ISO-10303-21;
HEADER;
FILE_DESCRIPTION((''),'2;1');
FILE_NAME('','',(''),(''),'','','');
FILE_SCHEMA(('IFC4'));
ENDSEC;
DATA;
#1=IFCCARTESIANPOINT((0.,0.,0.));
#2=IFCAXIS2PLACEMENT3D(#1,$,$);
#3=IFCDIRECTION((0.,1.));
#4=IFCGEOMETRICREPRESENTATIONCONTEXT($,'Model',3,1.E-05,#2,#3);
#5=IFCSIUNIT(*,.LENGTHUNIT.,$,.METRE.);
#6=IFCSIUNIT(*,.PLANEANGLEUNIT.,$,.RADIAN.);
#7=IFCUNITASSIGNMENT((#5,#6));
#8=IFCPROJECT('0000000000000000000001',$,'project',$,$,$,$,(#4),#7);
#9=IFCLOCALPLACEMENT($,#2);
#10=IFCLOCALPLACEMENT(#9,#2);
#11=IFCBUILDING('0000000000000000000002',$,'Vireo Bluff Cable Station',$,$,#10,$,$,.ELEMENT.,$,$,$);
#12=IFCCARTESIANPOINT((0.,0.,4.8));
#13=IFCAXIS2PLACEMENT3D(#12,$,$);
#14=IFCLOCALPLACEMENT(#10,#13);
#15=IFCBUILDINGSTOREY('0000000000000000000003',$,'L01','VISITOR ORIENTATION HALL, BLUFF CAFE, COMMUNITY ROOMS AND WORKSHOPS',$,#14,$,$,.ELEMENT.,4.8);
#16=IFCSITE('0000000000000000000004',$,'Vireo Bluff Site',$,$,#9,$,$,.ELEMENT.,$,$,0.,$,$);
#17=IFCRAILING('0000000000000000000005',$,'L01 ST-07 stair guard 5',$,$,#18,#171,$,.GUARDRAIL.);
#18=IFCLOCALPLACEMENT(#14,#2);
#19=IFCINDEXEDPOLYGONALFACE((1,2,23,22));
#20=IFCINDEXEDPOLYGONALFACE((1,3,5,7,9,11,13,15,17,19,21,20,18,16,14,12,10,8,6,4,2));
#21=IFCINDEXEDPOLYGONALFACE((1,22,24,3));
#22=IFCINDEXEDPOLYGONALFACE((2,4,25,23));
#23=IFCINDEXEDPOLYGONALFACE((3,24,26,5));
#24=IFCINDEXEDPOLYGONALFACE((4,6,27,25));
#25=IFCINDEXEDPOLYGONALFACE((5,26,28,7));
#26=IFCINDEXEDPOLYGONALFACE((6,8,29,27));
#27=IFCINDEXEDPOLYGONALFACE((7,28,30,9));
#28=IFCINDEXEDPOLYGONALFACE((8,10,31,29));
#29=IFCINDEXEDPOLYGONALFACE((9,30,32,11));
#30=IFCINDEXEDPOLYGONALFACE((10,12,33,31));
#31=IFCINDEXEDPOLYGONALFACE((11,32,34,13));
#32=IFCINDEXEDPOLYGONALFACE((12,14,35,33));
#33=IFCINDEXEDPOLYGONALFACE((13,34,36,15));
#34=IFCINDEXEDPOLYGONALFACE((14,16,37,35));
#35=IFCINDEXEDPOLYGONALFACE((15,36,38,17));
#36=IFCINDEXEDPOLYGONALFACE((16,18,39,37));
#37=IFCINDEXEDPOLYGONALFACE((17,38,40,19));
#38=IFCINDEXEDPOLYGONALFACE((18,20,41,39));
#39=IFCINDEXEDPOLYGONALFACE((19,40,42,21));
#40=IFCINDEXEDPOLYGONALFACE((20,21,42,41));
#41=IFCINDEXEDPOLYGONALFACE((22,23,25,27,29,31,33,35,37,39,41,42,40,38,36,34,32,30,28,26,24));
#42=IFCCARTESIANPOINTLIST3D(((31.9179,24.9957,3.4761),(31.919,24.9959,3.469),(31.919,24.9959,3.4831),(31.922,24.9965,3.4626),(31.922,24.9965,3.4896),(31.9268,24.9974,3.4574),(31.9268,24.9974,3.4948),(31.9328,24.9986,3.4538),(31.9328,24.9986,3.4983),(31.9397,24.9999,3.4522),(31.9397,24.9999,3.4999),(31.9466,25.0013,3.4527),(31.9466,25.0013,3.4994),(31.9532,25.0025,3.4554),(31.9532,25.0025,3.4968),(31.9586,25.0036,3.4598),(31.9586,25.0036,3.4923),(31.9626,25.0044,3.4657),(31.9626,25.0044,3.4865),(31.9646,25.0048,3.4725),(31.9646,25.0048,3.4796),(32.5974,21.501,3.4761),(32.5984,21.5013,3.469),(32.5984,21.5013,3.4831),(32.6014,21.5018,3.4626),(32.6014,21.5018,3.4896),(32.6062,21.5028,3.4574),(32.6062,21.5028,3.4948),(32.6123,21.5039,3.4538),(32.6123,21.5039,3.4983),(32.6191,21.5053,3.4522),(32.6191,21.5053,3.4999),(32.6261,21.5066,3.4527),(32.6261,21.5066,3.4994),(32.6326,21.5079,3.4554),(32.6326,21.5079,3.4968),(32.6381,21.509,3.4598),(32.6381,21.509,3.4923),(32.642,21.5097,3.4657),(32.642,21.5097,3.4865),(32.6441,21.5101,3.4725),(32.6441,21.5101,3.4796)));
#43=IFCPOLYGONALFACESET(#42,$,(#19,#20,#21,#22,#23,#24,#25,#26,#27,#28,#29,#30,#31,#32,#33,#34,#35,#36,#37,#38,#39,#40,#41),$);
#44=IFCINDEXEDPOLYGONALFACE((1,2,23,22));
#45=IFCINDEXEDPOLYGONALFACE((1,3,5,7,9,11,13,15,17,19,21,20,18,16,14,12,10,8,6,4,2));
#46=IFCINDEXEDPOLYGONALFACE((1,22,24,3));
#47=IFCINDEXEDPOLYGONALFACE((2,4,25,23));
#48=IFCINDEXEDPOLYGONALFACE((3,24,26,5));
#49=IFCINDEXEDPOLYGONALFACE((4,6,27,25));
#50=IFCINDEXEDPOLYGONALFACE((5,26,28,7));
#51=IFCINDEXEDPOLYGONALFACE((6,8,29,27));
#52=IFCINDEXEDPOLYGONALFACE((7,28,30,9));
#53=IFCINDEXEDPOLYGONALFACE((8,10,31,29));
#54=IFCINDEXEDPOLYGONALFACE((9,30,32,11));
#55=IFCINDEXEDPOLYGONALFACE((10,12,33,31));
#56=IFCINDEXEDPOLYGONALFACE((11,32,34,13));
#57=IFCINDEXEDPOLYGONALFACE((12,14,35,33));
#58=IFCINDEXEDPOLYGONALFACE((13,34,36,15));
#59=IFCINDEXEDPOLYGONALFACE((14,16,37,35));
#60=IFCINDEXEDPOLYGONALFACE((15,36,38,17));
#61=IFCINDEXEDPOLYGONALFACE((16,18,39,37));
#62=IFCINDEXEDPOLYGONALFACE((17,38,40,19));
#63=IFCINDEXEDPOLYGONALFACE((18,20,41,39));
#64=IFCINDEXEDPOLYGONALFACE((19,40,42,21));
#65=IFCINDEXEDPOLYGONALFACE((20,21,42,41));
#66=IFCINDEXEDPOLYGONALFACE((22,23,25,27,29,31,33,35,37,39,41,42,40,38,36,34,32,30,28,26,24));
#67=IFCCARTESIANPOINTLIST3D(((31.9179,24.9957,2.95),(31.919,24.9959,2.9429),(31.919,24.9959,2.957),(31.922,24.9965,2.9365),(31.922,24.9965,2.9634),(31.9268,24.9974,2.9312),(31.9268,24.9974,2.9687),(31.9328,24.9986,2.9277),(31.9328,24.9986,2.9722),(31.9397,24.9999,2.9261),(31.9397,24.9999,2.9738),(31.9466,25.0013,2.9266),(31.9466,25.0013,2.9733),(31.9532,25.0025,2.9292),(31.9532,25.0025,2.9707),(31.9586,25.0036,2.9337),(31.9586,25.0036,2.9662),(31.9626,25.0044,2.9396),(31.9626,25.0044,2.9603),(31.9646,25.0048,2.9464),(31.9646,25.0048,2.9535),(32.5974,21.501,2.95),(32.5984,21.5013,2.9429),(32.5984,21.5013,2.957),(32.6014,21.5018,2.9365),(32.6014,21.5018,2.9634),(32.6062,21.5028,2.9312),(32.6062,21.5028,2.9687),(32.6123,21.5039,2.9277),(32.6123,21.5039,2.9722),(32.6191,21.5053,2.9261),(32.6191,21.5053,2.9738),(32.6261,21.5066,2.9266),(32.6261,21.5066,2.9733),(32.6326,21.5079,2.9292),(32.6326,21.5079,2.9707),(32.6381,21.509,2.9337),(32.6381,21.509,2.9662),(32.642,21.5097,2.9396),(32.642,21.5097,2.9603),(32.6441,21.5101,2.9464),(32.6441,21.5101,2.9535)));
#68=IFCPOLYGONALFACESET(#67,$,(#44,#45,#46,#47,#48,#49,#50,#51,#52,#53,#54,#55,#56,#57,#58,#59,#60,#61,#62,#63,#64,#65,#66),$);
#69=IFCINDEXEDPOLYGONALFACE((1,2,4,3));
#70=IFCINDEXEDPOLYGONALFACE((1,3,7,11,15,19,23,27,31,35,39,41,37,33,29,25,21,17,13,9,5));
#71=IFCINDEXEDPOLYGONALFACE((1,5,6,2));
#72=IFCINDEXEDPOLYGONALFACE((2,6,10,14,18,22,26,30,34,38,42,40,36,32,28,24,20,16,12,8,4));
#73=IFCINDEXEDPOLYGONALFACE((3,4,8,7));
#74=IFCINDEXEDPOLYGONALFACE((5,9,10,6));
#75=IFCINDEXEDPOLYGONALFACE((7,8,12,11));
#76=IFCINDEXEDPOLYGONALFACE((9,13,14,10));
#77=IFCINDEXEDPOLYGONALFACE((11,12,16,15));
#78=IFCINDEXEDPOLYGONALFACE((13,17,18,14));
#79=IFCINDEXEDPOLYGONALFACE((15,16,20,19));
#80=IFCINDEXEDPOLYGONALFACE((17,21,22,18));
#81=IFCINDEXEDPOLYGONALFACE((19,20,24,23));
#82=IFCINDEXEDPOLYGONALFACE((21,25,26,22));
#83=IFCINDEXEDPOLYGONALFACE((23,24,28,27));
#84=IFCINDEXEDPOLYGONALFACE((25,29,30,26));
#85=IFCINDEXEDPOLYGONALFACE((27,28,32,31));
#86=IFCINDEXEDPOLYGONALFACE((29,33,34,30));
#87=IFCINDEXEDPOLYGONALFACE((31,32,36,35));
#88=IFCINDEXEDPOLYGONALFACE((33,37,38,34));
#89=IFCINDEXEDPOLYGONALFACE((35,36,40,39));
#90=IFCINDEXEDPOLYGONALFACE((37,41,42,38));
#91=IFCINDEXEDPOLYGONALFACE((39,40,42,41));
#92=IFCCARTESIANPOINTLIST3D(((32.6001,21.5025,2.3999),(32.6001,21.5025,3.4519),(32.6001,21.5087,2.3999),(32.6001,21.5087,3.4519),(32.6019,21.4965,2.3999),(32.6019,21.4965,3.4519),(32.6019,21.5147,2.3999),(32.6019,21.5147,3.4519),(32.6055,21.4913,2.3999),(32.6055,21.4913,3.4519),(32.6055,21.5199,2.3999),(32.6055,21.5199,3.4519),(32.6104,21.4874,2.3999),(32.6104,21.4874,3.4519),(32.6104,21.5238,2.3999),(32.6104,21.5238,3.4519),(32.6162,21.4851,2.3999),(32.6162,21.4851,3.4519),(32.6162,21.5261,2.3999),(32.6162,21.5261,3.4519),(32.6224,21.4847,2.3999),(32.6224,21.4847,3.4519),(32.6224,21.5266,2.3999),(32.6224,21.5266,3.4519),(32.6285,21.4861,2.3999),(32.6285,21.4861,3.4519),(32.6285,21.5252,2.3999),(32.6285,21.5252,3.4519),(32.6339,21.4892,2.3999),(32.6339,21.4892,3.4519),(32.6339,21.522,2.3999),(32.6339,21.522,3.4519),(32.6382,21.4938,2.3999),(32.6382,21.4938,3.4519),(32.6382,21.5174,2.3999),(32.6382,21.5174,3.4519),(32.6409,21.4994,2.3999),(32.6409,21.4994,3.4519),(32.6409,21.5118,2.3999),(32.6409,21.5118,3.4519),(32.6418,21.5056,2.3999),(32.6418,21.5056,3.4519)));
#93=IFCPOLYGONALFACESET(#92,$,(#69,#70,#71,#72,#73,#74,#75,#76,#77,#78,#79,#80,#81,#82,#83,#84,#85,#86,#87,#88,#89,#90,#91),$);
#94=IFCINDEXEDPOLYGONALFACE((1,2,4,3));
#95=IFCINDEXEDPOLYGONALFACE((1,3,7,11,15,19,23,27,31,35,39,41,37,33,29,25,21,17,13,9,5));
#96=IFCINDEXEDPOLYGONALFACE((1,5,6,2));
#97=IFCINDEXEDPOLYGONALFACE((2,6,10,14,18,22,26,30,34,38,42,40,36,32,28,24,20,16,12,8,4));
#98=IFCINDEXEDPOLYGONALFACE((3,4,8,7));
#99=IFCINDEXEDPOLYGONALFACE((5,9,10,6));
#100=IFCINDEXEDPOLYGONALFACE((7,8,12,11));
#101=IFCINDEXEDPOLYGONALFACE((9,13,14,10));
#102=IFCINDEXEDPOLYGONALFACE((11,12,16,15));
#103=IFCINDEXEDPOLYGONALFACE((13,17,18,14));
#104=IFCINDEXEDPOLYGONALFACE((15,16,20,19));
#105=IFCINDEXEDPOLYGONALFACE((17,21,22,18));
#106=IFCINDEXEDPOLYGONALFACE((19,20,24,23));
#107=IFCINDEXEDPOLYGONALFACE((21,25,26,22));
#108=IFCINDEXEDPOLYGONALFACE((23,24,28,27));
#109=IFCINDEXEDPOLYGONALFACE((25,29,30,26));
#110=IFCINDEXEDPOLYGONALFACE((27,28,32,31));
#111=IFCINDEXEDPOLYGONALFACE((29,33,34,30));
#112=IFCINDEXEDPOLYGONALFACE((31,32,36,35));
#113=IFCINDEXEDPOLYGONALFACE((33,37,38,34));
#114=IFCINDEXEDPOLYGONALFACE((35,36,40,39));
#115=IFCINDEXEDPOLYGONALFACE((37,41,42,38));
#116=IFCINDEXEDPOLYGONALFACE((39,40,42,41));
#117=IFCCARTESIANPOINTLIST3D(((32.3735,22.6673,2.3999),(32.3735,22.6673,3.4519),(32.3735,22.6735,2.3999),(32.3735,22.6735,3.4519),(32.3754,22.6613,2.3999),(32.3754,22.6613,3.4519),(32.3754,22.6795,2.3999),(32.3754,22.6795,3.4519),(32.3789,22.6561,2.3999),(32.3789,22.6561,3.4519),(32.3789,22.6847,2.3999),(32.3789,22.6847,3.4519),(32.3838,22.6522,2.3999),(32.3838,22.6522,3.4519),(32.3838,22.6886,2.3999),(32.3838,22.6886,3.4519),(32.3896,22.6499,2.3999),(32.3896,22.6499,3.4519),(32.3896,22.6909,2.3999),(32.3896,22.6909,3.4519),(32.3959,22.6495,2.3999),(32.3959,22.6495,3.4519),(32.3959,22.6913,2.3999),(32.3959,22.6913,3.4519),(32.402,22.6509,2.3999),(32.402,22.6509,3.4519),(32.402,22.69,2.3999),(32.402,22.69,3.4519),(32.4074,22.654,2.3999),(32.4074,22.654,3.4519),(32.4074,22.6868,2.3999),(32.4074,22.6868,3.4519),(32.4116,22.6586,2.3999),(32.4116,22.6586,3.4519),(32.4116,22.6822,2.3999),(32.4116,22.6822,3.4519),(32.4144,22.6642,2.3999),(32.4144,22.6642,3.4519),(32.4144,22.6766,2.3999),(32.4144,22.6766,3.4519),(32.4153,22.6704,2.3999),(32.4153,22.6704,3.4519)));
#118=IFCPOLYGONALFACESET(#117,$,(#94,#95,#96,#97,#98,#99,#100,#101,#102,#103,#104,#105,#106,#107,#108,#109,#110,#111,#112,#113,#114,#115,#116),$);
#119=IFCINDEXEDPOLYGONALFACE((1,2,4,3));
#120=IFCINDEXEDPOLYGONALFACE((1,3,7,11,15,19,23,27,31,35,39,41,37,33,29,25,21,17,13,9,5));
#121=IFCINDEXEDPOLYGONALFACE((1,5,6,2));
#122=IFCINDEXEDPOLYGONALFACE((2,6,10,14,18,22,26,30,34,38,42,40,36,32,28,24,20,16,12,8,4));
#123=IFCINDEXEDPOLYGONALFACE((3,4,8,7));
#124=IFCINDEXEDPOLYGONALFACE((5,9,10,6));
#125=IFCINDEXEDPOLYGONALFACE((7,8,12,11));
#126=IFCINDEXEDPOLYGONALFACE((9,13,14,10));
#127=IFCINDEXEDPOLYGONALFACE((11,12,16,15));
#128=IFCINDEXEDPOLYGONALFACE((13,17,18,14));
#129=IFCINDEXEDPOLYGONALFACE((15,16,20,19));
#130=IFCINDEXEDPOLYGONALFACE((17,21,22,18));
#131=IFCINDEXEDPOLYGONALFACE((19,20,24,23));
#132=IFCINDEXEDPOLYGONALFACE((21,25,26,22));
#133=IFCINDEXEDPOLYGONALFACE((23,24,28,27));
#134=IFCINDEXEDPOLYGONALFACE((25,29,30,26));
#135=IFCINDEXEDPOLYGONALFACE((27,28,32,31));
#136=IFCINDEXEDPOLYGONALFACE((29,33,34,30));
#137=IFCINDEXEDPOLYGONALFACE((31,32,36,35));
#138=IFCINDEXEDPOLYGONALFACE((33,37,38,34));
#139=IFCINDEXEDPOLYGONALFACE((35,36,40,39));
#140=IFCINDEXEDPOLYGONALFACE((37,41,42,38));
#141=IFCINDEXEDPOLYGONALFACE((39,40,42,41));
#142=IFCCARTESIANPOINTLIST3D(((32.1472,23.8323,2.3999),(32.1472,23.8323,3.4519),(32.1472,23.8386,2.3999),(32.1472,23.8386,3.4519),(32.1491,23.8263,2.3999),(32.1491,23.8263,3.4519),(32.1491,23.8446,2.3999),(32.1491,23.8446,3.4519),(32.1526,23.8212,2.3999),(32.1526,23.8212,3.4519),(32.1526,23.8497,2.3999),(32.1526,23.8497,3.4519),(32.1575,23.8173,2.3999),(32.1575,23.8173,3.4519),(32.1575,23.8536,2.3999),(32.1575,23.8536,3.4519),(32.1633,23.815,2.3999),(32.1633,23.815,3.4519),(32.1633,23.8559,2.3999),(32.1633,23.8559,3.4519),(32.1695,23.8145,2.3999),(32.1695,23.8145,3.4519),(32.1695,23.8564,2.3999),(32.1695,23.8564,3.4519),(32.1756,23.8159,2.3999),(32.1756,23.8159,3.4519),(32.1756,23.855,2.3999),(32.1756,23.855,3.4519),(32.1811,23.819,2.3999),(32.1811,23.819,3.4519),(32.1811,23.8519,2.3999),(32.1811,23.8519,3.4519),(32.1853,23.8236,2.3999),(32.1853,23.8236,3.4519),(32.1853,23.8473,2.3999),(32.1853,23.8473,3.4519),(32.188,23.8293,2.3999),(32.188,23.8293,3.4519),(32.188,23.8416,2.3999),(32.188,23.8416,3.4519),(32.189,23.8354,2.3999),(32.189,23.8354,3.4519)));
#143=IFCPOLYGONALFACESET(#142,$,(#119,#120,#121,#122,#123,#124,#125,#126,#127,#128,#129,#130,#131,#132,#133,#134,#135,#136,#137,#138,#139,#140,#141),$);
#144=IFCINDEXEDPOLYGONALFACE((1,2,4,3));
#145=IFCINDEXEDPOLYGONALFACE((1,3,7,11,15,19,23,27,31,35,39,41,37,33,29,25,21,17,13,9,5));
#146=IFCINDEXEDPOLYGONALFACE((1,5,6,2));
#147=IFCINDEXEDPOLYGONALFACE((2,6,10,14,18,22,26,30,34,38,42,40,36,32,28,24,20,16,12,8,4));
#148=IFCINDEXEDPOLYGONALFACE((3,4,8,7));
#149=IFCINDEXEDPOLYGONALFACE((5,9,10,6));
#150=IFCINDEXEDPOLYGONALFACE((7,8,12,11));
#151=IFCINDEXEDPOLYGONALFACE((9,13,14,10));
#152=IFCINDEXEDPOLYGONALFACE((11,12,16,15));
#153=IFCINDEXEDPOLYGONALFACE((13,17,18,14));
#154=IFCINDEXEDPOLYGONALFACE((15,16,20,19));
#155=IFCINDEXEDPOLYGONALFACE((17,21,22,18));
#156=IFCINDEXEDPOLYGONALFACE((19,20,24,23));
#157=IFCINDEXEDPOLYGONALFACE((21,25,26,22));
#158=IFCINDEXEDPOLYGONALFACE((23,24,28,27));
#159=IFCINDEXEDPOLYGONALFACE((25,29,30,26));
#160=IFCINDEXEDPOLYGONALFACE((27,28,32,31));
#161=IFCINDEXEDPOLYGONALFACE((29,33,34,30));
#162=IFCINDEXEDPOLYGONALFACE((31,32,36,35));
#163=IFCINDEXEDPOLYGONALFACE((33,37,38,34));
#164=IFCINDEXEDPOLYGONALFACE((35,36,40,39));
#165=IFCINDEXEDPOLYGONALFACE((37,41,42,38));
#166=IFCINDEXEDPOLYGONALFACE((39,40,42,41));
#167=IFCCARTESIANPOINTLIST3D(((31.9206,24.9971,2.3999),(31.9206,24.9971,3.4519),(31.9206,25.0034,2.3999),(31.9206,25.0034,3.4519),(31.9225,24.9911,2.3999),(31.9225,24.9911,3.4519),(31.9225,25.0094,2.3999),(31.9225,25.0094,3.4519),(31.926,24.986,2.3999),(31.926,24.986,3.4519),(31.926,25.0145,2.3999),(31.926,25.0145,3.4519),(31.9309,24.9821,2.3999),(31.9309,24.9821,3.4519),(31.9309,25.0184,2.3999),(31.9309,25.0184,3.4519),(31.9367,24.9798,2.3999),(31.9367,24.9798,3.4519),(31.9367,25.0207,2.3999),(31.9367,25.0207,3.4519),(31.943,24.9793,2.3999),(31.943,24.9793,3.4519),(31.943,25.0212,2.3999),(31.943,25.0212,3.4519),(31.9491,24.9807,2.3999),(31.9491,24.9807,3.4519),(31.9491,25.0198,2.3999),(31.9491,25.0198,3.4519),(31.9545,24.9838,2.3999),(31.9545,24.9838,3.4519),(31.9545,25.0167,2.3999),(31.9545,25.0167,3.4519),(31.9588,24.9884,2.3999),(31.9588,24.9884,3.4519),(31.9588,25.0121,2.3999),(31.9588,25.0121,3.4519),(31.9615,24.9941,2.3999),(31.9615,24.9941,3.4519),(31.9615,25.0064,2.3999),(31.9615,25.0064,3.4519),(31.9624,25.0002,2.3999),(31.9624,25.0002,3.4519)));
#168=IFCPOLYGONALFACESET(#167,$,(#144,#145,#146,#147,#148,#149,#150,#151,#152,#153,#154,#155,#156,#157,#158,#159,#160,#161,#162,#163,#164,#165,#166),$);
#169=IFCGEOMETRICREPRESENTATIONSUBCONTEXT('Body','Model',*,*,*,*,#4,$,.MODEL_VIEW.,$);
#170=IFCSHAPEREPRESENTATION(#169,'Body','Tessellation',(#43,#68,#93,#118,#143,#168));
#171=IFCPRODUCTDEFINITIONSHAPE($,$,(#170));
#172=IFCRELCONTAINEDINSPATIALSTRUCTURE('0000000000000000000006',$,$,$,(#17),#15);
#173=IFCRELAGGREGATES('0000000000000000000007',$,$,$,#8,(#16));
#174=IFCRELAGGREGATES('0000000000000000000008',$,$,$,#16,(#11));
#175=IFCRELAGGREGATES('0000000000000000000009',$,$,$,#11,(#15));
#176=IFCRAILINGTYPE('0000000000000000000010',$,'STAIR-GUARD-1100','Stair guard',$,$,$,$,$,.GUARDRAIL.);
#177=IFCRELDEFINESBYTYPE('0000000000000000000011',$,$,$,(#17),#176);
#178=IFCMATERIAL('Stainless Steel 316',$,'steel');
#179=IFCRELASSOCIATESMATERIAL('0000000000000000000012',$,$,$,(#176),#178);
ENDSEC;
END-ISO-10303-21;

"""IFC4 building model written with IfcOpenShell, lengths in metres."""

from ifc_helpers import new_model, si_unit, direction, frame, origin, origin_2d, place, context, subcontext, project, spatial, circle, extrude, material, type_object, element, save


model = new_model("IFC4")

# Units and contexts
model_context = context("Model", 3, precision=1e-05, world=origin(), true_north=direction((0.0, 1.0)))
body_context = subcontext(model_context, "Body", "Model", "MODEL_VIEW")
ifc_project = project(units=[si_unit("LENGTHUNIT", "METRE"), si_unit("PLANEANGLEUNIT", "RADIAN")], contexts=[model_context])

# Site, building, storey
site_placement = place(None, origin())
site = spatial("IfcSite", under=ifc_project, at=site_placement, Name="Vireo Bluff Site", CompositionType="ELEMENT", RefElevation=0.0)
building_placement = place(site_placement, origin())
building = spatial("IfcBuilding", under=site, at=building_placement, Name="Vireo Bluff Cable Station", CompositionType="ELEMENT")
storey_placement = place(building_placement, frame((0.0, 0.0, 4.8)))
storey = spatial("IfcBuildingStorey", under=building, at=storey_placement, Name="L01", Description="VISITOR ORIENTATION HALL, BLUFF CAFE, COMMUNITY ROOMS AND WORKSHOPS", CompositionType="ELEMENT", Elevation=4.8)

# Railing
ifc_material_1 = material(Name="Stainless Steel 316", Category="steel")
railing_type = type_object("IfcRailingType", Name="STAIR-GUARD-1100", Description="Stair guard", PredefinedType="GUARDRAIL", material=ifc_material_1)
railing_1_placement = place(storey_placement, frame((32.6208, 21.5056, 2.3999)))
element("IfcRailing", 1, at=railing_1_placement, inside=storey, type_object=railing_type, Name="L01 ST-07 stair guard 5", PredefinedType="GUARDRAIL", context=body_context, shape_type="SweptSolid", body=[
    extrude(circle(Radius=0.0239, at=origin_2d()), frame((0.0, 0.0, 1.0762), z_axis=(-0.190851, 0.981619, 0.0), x_axis=(-0.981619, -0.190851, 0.0)), (0.0, 0.0, 1.0), 3.5601),
    extrude(circle(Radius=0.0239, at=origin_2d()), frame((0.0, 0.0, 0.55), z_axis=(-0.190851, 0.981619, 0.0), x_axis=(-0.981619, -0.190851, 0.0)), (0.0, 0.0, 1.0), 3.5601),
    extrude(circle(Radius=0.021, at=origin_2d()), origin(), (0.0, 0.0, 1.0), 1.052),
    extrude(circle(Radius=0.021, at=origin_2d()), frame((-0.2266, 1.1648, 0.0)), (0.0, 0.0, 1.0), 1.052),
    extrude(circle(Radius=0.021, at=origin_2d()), frame((-0.4529, 2.3298, 0.0)), (0.0, 0.0, 1.0), 1.052),
    extrude(circle(Radius=0.021, at=origin_2d()), frame((-0.6794, 3.4946, 0.0)), (0.0, 0.0, 1.0), 1.052),
])

save(model, "model.ifc")
